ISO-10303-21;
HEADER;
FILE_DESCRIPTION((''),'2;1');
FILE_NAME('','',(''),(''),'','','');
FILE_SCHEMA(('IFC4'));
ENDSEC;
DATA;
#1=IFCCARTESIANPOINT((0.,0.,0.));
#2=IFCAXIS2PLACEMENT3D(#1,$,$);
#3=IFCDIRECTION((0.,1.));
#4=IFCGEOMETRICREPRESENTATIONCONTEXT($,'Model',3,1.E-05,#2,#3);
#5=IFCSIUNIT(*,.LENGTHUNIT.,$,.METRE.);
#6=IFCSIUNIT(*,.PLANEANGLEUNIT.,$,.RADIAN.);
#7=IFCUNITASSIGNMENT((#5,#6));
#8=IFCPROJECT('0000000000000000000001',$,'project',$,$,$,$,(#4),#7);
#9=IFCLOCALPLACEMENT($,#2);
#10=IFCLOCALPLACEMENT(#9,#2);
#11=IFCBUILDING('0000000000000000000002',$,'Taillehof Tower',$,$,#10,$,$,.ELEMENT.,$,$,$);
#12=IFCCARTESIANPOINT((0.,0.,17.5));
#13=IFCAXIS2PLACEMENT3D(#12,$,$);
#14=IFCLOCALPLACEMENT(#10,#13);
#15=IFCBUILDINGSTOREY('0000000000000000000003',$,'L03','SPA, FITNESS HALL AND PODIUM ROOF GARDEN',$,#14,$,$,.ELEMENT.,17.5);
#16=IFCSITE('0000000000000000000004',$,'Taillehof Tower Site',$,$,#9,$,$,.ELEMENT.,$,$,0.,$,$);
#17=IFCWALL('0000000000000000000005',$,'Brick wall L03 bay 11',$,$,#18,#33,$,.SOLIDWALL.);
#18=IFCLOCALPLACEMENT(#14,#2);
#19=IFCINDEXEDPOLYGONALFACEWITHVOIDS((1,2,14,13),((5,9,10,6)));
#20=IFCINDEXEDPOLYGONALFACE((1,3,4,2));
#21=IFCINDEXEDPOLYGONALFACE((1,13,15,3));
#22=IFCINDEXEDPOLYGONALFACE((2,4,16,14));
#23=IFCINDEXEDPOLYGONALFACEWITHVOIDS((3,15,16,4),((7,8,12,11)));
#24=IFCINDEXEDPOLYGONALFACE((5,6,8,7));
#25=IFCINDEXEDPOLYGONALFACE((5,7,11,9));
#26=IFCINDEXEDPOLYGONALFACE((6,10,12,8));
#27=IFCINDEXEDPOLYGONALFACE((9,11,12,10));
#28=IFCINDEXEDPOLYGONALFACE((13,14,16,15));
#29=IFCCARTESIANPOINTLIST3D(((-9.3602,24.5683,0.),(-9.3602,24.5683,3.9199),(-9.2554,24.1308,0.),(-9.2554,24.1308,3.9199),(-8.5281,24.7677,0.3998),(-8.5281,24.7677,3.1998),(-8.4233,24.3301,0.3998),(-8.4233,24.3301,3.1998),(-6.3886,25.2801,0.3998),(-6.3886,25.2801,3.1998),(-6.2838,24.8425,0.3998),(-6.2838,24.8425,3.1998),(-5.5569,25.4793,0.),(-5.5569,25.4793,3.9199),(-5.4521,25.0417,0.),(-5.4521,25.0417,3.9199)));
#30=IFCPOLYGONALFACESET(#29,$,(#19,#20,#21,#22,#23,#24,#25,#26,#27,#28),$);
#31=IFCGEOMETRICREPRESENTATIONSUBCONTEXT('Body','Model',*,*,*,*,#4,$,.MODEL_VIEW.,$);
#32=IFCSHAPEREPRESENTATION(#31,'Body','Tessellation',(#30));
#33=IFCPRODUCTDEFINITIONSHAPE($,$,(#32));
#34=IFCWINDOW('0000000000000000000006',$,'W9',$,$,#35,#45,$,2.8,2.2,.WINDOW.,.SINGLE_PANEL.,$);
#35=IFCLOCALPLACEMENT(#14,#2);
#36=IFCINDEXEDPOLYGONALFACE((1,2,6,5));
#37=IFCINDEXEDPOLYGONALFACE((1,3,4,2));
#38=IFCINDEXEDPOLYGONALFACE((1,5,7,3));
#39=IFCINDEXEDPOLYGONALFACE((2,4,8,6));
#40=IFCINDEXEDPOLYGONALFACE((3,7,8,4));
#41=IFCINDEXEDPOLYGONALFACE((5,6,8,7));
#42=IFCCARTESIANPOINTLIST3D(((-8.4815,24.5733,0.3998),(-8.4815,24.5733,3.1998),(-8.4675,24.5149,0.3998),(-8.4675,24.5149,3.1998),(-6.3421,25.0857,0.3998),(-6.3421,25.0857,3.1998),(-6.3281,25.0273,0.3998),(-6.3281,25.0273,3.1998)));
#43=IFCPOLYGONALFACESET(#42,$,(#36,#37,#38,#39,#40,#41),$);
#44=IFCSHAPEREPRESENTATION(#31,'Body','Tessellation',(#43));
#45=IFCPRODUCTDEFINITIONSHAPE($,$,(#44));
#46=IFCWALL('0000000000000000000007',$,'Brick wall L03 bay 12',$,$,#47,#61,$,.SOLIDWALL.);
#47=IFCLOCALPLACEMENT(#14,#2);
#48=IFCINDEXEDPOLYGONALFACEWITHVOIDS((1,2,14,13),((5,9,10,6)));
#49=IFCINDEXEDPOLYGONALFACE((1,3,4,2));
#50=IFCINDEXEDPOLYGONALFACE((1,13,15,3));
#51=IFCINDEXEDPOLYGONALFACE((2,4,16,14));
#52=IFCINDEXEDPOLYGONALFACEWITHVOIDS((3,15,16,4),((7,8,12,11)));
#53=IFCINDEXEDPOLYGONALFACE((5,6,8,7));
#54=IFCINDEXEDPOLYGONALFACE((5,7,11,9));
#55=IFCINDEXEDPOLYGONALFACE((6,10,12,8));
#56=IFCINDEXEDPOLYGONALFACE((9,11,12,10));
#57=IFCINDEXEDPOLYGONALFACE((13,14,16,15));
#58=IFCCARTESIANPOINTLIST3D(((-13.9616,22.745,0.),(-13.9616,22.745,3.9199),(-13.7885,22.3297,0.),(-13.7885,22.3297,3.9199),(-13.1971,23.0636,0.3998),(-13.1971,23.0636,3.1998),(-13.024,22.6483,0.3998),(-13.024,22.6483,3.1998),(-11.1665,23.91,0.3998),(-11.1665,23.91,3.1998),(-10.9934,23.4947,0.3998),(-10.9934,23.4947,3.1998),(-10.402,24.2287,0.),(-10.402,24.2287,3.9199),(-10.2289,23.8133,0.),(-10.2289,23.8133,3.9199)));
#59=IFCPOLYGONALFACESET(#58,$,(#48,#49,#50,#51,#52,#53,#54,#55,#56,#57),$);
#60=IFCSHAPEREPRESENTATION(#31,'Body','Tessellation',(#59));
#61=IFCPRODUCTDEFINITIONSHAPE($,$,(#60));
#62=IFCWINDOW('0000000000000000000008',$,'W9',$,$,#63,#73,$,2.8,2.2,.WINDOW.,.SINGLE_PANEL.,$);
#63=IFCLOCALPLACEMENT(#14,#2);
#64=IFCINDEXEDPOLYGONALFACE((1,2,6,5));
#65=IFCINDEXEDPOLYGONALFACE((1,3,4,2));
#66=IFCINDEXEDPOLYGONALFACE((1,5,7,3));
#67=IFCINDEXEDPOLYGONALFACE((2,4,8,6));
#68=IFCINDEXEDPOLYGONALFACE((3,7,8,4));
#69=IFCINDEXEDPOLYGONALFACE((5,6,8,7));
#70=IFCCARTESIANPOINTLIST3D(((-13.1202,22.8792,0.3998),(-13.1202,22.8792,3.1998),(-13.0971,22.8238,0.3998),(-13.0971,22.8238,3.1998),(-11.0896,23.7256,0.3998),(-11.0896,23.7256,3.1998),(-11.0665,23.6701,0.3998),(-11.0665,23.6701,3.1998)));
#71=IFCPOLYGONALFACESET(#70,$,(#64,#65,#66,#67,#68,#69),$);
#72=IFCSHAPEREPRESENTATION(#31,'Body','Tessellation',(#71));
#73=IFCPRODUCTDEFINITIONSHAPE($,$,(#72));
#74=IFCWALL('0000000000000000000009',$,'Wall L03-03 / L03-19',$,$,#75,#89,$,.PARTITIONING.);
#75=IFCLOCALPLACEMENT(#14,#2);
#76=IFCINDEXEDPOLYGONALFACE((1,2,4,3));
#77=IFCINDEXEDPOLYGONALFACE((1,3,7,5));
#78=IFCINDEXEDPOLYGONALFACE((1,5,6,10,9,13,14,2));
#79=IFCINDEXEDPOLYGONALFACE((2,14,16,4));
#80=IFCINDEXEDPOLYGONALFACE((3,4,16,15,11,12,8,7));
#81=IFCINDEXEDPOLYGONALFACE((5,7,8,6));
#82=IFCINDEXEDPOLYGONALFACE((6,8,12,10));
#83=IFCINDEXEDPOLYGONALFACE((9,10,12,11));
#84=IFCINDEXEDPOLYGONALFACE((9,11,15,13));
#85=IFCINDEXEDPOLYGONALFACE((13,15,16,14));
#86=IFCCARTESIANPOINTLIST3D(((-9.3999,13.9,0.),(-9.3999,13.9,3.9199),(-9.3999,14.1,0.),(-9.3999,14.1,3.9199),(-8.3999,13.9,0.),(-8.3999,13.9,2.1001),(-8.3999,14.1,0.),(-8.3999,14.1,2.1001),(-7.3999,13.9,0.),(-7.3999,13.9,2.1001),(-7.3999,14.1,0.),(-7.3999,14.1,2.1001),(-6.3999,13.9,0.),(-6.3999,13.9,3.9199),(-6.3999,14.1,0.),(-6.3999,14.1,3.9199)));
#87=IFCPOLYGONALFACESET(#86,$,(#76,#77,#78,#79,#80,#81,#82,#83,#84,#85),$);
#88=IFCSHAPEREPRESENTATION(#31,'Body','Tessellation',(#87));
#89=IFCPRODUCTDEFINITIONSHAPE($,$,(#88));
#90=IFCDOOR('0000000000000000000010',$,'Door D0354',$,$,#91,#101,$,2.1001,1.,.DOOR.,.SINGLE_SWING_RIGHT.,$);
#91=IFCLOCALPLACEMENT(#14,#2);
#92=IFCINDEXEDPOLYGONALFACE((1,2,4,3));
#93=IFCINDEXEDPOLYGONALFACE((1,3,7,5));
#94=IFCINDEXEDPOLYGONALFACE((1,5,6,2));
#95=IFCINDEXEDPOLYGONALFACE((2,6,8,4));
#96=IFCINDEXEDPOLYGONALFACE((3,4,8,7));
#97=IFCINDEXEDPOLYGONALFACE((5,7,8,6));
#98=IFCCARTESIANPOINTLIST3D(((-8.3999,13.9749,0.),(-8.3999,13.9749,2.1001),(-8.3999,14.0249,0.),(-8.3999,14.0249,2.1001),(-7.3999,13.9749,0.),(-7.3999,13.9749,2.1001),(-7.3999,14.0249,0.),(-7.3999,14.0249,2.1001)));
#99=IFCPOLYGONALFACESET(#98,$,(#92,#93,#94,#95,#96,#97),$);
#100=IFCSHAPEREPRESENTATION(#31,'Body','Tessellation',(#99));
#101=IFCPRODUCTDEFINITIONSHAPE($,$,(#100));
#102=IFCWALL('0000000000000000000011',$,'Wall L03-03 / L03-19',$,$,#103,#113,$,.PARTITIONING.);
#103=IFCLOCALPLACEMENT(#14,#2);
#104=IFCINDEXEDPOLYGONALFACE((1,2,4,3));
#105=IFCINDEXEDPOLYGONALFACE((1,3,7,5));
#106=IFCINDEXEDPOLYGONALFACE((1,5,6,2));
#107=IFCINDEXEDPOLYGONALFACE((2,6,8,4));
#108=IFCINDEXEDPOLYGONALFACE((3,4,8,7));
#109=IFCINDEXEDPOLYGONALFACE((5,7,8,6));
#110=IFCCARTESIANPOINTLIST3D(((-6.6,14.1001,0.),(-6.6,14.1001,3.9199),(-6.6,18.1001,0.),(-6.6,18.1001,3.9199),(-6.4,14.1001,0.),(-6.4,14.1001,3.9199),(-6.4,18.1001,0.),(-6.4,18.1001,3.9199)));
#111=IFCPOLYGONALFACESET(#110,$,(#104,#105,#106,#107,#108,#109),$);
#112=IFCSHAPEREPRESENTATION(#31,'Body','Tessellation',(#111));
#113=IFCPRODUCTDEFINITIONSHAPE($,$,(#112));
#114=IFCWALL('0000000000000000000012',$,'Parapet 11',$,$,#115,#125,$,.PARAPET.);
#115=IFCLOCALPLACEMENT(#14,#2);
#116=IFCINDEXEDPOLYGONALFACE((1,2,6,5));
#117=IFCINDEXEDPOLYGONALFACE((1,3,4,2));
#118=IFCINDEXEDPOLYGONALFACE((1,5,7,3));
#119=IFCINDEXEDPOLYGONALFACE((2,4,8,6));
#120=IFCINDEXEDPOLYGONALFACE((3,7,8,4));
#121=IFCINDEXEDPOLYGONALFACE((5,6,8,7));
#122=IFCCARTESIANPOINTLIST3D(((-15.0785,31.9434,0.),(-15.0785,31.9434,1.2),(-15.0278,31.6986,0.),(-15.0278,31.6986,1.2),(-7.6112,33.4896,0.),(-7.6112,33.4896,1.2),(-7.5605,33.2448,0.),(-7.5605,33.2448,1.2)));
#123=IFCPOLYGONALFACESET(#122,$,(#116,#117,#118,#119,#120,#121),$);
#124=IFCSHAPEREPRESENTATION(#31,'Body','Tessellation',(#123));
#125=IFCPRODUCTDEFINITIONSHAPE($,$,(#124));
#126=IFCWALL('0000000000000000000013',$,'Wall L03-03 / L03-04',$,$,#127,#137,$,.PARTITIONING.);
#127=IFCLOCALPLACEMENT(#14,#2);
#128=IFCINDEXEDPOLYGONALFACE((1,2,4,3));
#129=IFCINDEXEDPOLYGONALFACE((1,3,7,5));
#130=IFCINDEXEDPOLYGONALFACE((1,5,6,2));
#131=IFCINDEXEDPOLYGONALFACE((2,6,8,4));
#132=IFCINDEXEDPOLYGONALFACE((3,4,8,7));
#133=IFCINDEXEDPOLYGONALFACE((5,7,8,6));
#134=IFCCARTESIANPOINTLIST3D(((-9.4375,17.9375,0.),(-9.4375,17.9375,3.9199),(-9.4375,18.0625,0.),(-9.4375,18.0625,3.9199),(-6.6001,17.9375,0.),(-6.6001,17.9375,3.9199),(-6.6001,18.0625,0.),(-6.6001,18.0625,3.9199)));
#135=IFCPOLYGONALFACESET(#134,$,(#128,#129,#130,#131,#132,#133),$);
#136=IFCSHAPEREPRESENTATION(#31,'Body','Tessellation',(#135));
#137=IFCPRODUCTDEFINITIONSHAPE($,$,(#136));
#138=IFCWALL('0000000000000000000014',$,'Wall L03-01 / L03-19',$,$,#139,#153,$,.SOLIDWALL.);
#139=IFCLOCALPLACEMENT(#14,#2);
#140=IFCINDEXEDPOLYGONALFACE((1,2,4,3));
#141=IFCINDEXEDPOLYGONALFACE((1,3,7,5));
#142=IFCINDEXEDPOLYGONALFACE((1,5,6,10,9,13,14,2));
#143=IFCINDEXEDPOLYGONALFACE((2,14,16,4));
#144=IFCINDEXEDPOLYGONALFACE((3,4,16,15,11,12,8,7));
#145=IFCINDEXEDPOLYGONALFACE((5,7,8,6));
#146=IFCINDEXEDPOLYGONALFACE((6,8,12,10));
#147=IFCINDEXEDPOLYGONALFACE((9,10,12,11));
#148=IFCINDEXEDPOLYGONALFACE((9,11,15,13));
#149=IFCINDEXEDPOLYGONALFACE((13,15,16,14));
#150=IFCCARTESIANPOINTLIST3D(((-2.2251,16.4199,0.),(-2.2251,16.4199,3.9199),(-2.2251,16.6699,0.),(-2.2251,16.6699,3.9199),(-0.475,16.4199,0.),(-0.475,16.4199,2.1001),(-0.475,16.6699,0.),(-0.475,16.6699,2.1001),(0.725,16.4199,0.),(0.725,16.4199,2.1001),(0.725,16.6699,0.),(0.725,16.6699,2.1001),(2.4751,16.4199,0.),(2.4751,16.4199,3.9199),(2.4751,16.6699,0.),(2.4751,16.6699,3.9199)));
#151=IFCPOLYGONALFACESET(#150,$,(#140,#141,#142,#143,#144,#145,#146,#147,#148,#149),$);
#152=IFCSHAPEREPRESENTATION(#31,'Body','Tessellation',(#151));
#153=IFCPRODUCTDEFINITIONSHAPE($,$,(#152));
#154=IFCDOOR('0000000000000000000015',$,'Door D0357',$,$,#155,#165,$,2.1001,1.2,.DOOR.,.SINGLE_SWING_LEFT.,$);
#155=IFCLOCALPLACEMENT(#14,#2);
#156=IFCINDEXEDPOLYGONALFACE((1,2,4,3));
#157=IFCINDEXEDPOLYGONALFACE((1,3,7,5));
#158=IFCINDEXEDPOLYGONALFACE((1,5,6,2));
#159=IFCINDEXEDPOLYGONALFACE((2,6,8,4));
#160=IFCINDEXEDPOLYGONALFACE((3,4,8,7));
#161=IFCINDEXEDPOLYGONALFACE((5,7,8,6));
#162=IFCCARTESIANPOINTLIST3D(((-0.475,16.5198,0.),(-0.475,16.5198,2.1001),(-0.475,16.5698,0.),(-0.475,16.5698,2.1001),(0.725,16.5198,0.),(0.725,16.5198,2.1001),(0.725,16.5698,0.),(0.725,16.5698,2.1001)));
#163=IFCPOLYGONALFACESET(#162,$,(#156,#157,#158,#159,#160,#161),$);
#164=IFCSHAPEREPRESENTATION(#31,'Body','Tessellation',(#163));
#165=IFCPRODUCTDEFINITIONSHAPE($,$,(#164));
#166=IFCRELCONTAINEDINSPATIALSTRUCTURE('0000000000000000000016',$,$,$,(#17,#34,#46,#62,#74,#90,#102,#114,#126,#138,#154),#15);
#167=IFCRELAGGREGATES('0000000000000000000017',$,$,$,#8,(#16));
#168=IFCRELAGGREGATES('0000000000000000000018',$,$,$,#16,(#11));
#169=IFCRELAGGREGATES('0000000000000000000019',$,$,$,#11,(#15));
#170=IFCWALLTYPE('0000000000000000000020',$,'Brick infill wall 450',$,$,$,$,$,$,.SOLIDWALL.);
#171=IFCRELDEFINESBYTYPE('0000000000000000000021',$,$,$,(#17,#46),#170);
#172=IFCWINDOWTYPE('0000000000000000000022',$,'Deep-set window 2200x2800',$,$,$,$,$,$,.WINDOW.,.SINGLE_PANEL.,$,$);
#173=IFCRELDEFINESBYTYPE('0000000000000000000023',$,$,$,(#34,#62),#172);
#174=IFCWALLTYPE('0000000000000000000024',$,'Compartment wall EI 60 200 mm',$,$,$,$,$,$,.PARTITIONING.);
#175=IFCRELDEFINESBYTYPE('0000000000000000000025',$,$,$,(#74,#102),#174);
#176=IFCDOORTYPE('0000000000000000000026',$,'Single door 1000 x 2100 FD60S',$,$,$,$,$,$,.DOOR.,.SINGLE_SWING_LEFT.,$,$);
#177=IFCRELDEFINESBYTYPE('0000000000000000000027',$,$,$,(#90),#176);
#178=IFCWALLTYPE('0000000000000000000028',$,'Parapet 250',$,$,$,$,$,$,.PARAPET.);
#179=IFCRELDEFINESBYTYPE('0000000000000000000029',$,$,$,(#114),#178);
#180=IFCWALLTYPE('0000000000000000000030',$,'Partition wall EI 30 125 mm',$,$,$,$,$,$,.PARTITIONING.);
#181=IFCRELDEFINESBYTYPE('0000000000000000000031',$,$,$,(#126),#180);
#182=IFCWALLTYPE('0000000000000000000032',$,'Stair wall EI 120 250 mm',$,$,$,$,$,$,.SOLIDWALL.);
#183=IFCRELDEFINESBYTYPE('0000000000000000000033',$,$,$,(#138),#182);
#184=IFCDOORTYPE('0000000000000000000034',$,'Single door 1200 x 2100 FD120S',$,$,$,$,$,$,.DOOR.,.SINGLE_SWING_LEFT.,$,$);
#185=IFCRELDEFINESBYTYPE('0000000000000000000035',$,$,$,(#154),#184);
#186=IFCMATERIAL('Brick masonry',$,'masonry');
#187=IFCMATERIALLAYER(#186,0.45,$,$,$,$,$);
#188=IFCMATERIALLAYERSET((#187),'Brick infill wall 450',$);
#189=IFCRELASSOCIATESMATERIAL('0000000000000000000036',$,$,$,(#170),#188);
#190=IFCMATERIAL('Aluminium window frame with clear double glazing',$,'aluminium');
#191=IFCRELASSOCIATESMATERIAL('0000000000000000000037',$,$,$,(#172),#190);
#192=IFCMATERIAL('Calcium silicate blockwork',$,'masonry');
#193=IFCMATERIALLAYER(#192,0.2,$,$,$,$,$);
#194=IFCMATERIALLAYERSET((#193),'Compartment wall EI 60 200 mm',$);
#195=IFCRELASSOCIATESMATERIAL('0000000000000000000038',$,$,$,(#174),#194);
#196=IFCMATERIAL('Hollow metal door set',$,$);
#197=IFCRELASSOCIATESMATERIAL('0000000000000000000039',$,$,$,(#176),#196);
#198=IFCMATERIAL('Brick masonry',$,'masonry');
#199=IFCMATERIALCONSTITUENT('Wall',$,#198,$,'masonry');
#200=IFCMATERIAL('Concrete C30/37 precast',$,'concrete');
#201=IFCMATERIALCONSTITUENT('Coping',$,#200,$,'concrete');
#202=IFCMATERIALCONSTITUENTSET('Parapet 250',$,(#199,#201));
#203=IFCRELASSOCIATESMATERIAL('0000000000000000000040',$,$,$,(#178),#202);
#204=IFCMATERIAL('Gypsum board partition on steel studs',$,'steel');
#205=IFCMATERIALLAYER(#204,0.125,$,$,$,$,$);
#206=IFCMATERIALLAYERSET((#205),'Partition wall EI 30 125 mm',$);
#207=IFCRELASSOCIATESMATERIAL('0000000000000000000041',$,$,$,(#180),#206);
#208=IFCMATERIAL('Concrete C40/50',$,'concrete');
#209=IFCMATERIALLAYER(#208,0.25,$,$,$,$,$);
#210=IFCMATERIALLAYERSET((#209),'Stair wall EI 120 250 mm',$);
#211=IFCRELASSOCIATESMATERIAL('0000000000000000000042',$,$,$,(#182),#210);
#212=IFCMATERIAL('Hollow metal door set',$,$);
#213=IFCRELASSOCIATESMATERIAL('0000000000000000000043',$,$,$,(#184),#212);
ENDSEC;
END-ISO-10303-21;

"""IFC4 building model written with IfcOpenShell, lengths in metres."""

from ifc_helpers import new_model, si_unit, direction, frame, frame_2d, origin, place, context, subcontext, project, spatial, rectangle, extrude, material, layer, layer_set, constituent, constituent_set, type_object, element, fill, save


model = new_model("IFC4")

# Units and contexts
model_context = context("Model", 3, precision=1e-05, world=origin(), true_north=direction((0.0, 1.0)))
body_context = subcontext(model_context, "Body", "Model", "MODEL_VIEW")
ifc_project = project(units=[si_unit("LENGTHUNIT", "METRE"), si_unit("PLANEANGLEUNIT", "RADIAN")], contexts=[model_context])

# Site, building, storey
site_placement = place(None, origin())
site = spatial("IfcSite", under=ifc_project, at=site_placement, Name="Taillehof Tower Site", CompositionType="ELEMENT", RefElevation=0.0)
building_placement = place(site_placement, origin())
building = spatial("IfcBuilding", under=site, at=building_placement, Name="Taillehof Tower", CompositionType="ELEMENT")
storey_placement = place(building_placement, frame((0.0, 0.0, 17.5)))
storey = spatial("IfcBuildingStorey", under=building, at=storey_placement, Name="L03", Description="SPA, FITNESS HALL AND PODIUM ROOF GARDEN", CompositionType="ELEMENT", Elevation=17.5)

# Shared definitions
ifc_material_1 = material(Name="Brick masonry", Category="masonry")
ifc_layer_1 = layer(ifc_material_1, 0.45)
ifc_layer_set_1 = layer_set([ifc_layer_1], Name="Brick infill wall 450")
wall_type_1 = type_object("IfcWallType", Name="Brick infill wall 450", PredefinedType="SOLIDWALL", material=ifc_layer_set_1)

# Walls, openings, windows
wall_1_placement = place(storey_placement, frame((-5.5044, 25.2605, 0.0), z_axis=(0.0, 0.0, 1.0), x_axis=(-0.972497, -0.232917, 0.0)))
wall_1 = element("IfcWall", 1, at=wall_1_placement, inside=storey, type_object=wall_type_1, Name="Brick wall L03 bay 11", PredefinedType="SOLIDWALL", context=body_context, shape_type="SweptSolid", body=[
    extrude(rectangle(XDim=3.9109, YDim=0.45, at=frame_2d((1.9556, 0.0))), origin(), (0.0, 0.0, 1.0), 3.9199),
])
opening_1_placement = place(wall_1_placement, frame((0.8552, 0.0, 0.3999)))
opening_1 = element("IfcOpeningElement", 2, at=opening_1_placement, cuts=wall_1, PredefinedType="OPENING", context=body_context, shape_type="SweptSolid", body=[
    extrude(rectangle(XDim=2.2, YDim=2.8, at=frame_2d((1.1001, 1.3999))), frame((0.0, 0.2349, 0.0), z_axis=(0.0, -1.0, 0.0), x_axis=(1.0, 0.0, 0.0)), (0.0, 0.0, 1.0), 0.47),
])
ifc_material_2 = material(Name="Aluminium window frame with clear double glazing", Category="aluminium")
window_type = type_object("IfcWindowType", Name="Deep-set window 2200x2800", PartitioningType="SINGLE_PANEL", PredefinedType="WINDOW", material=ifc_material_2)
window_1_placement = place(opening_1_placement, origin())
window_1 = element("IfcWindow", 3, at=window_1_placement, inside=storey, type_object=window_type, Name="W9", OverallHeight=2.8, OverallWidth=2.2, PartitioningType="SINGLE_PANEL", PredefinedType="WINDOW", context=body_context, shape_type="SweptSolid", body=[
    extrude(rectangle(XDim=2.2, YDim=2.8, at=frame_2d((1.1001, 1.3999))), frame((0.0, 0.0349, 0.0), z_axis=(0.0, -1.0, 0.0), x_axis=(1.0, 0.0, 0.0)), (0.0, 0.0, 1.0), 0.0601),
])
fill(opening_1, window_1)
wall_2_placement = place(storey_placement, frame((-10.3154, 24.021, 0.0), z_axis=(0.0, 0.0, 1.0), x_axis=(-0.923032, -0.384723, 0.0)))
wall_2 = element("IfcWall", 4, at=wall_2_placement, inside=storey, type_object=wall_type_1, Name="Brick wall L03 bay 12", PredefinedType="SOLIDWALL", context=body_context, shape_type="SweptSolid", body=[
    extrude(rectangle(XDim=3.8564, YDim=0.45, at=frame_2d((1.9282, 0.0))), origin(), (0.0, 0.0, 1.0), 3.9199),
])
opening_2_placement = place(wall_2_placement, frame((0.8281, 0.0, 0.3999)))
opening_2 = element("IfcOpeningElement", 5, at=opening_2_placement, cuts=wall_2, PredefinedType="OPENING", context=body_context, shape_type="SweptSolid", body=[
    extrude(rectangle(XDim=2.2, YDim=2.8, at=frame_2d((1.1001, 1.3999))), frame((0.0, 0.2349, 0.0), z_axis=(0.0, -1.0, 0.0), x_axis=(1.0, 0.0, 0.0)), (0.0, 0.0, 1.0), 0.47),
])
window_2_placement = place(opening_2_placement, origin())
window_2 = element("IfcWindow", 6, at=window_2_placement, inside=storey, type_object=window_type, Name="W9", OverallHeight=2.8, OverallWidth=2.2, PartitioningType="SINGLE_PANEL", PredefinedType="WINDOW", context=body_context, shape_type="SweptSolid", body=[
    extrude(rectangle(XDim=2.2, YDim=2.8, at=frame_2d((1.1001, 1.3999))), frame((0.0, 0.0349, 0.0), z_axis=(0.0, -1.0, 0.0), x_axis=(1.0, 0.0, 0.0)), (0.0, 0.0, 1.0), 0.0601),
])
fill(opening_2, window_2)

# Wall, opening, door
ifc_material_3 = material(Name="Calcium silicate blockwork", Category="masonry")
ifc_layer_2 = layer(ifc_material_3, 0.2)
ifc_layer_set_2 = layer_set([ifc_layer_2], Name="Compartment wall EI 60 200 mm")
wall_type_2 = type_object("IfcWallType", Name="Compartment wall EI 60 200 mm", PredefinedType="PARTITIONING", material=ifc_layer_set_2)
wall_3_placement = place(storey_placement, frame((-9.3999, 14.0, 0.0), z_axis=(0.0, 0.0, 1.0), x_axis=(1.0, 0.0, 0.0)))
wall_3 = element("IfcWall", 7, at=wall_3_placement, inside=storey, type_object=wall_type_2, Name="Wall L03-03 / L03-19", PredefinedType="PARTITIONING", context=body_context, shape_type="SweptSolid", body=[
    extrude(rectangle(XDim=3.0, YDim=0.2, at=frame_2d((1.5, 0.0))), origin(), (0.0, 0.0, 1.0), 3.9199),
])
opening_3_placement = place(wall_3_placement, frame((1.0, 0.0, 0.0)))
opening_3 = element("IfcOpeningElement", 8, at=opening_3_placement, cuts=wall_3, PredefinedType="OPENING", context=body_context, shape_type="SweptSolid", body=[
    extrude(rectangle(XDim=1.0, YDim=2.1001, at=frame_2d((0.5, 1.05))), frame((0.0, 0.1099, 0.0), z_axis=(0.0, -1.0, 0.0), x_axis=(1.0, 0.0, 0.0)), (0.0, 0.0, 1.0), 0.22),
])
ifc_material_4 = material(Name="Hollow metal door set")
door_type_1 = type_object("IfcDoorType", Name="Single door 1000 x 2100 FD60S", OperationType="SINGLE_SWING_LEFT", PredefinedType="DOOR", material=ifc_material_4)
door_1_placement = place(opening_3_placement, origin())
door_1 = element("IfcDoor", 9, at=door_1_placement, inside=storey, type_object=door_type_1, Name="Door D0354", OperationType="SINGLE_SWING_RIGHT", OverallHeight=2.1001, OverallWidth=1.0, PredefinedType="DOOR", context=body_context, shape_type="SweptSolid", body=[
    extrude(rectangle(XDim=1.0, YDim=2.1001, at=frame_2d((0.5, 1.05))), frame((0.0, 0.0249, 0.0), z_axis=(0.0, -1.0, 0.0), x_axis=(1.0, 0.0, 0.0)), (0.0, 0.0, 1.0), 0.05),
])
fill(opening_3, door_1)

# Walls
wall_4_placement = place(storey_placement, frame((-6.5, 14.1001, 0.0), z_axis=(0.0, 0.0, 1.0), x_axis=(0.0, 1.0, 0.0)))
element("IfcWall", 10, at=wall_4_placement, inside=storey, type_object=wall_type_2, Name="Wall L03-03 / L03-19", PredefinedType="PARTITIONING", context=body_context, shape_type="SweptSolid", body=[
    extrude(rectangle(XDim=4.0, YDim=0.2, at=frame_2d((2.0, 0.0))), origin(), (0.0, 0.0, 1.0), 3.9199),
])
ifc_material_5 = material(Name="Brick masonry", Category="masonry")
ifc_constituent_1 = constituent(ifc_material_5, Name="Wall", Category="masonry")
ifc_material_6 = material(Name="Concrete C30/37 precast", Category="concrete")
ifc_constituent_2 = constituent(ifc_material_6, Name="Coping", Category="concrete")
ifc_constituent_set_1 = constituent_set(constituents=[ifc_constituent_1, ifc_constituent_2], Name="Parapet 250")
wall_type_3 = type_object("IfcWallType", Name="Parapet 250", PredefinedType="PARAPET", material=ifc_constituent_set_1)
wall_5_placement = place(storey_placement, frame((-7.5857, 33.3672, 0.0), z_axis=(0.0, 0.0, 1.0), x_axis=(-0.97923, -0.202755, 0.0)))
element("IfcWall", 11, at=wall_5_placement, inside=storey, type_object=wall_type_3, Name="Parapet 11", PredefinedType="PARAPET", context=body_context, shape_type="SweptSolid", body=[
    extrude(rectangle(XDim=7.6257, YDim=0.25, at=frame_2d((3.813, 0.0))), origin(), (0.0, 0.0, 1.0), 1.2),
])
ifc_material_7 = material(Name="Gypsum board partition on steel studs", Category="steel")
ifc_layer_3 = layer(ifc_material_7, 0.125)
ifc_layer_set_3 = layer_set([ifc_layer_3], Name="Partition wall EI 30 125 mm")
wall_type_4 = type_object("IfcWallType", Name="Partition wall EI 30 125 mm", PredefinedType="PARTITIONING", material=ifc_layer_set_3)
wall_6_placement = place(storey_placement, frame((-9.4375, 18.0, 0.0), z_axis=(0.0, 0.0, 1.0), x_axis=(1.0, 0.0, 0.0)))
element("IfcWall", 12, at=wall_6_placement, inside=storey, type_object=wall_type_4, Name="Wall L03-03 / L03-04", PredefinedType="PARTITIONING", context=body_context, shape_type="SweptSolid", body=[
    extrude(rectangle(XDim=2.8374, YDim=0.125, at=frame_2d((1.4187, 0.0))), origin(), (0.0, 0.0, 1.0), 3.9199),
])

# Wall, opening, door
ifc_material_8 = material(Name="Concrete C40/50", Category="concrete")
ifc_layer_4 = layer(ifc_material_8, 0.25)
ifc_layer_set_4 = layer_set([ifc_layer_4], Name="Stair wall EI 120 250 mm")
wall_type_5 = type_object("IfcWallType", Name="Stair wall EI 120 250 mm", PredefinedType="SOLIDWALL", material=ifc_layer_set_4)
wall_7_placement = place(storey_placement, frame((-2.2251, 16.5449, 0.0), z_axis=(0.0, 0.0, 1.0), x_axis=(1.0, 0.0, 0.0)))
wall_7 = element("IfcWall", 13, at=wall_7_placement, inside=storey, type_object=wall_type_5, Name="Wall L03-01 / L03-19", PredefinedType="SOLIDWALL", context=body_context, shape_type="SweptSolid", body=[
    extrude(rectangle(XDim=4.7002, YDim=0.25, at=frame_2d((2.3501, 0.0))), origin(), (0.0, 0.0, 1.0), 3.9199),
])
opening_4_placement = place(wall_7_placement, frame((1.75, 0.0, 0.0)))
opening_4 = element("IfcOpeningElement", 14, at=opening_4_placement, cuts=wall_7, PredefinedType="OPENING", context=body_context, shape_type="SweptSolid", body=[
    extrude(rectangle(XDim=1.2, YDim=2.1001, at=frame_2d((0.6001, 1.05))), frame((0.0, 0.135, 0.0), z_axis=(0.0, -1.0, 0.0), x_axis=(1.0, 0.0, 0.0)), (0.0, 0.0, 1.0), 0.27),
])
ifc_material_9 = material(Name="Hollow metal door set")
door_type_2 = type_object("IfcDoorType", Name="Single door 1200 x 2100 FD120S", OperationType="SINGLE_SWING_LEFT", PredefinedType="DOOR", material=ifc_material_9)
door_2_placement = place(opening_4_placement, origin())
door_2 = element("IfcDoor", 15, at=door_2_placement, inside=storey, type_object=door_type_2, Name="Door D0357", OperationType="SINGLE_SWING_LEFT", OverallHeight=2.1001, OverallWidth=1.2, PredefinedType="DOOR", context=body_context, shape_type="SweptSolid", body=[
    extrude(rectangle(XDim=1.2, YDim=2.1001, at=frame_2d((0.6001, 1.05))), frame((0.0, 0.0249, 0.0), z_axis=(0.0, -1.0, 0.0), x_axis=(1.0, 0.0, 0.0)), (0.0, 0.0, 1.0), 0.05),
])
fill(opening_4, door_2)

save(model, "model.ifc")
